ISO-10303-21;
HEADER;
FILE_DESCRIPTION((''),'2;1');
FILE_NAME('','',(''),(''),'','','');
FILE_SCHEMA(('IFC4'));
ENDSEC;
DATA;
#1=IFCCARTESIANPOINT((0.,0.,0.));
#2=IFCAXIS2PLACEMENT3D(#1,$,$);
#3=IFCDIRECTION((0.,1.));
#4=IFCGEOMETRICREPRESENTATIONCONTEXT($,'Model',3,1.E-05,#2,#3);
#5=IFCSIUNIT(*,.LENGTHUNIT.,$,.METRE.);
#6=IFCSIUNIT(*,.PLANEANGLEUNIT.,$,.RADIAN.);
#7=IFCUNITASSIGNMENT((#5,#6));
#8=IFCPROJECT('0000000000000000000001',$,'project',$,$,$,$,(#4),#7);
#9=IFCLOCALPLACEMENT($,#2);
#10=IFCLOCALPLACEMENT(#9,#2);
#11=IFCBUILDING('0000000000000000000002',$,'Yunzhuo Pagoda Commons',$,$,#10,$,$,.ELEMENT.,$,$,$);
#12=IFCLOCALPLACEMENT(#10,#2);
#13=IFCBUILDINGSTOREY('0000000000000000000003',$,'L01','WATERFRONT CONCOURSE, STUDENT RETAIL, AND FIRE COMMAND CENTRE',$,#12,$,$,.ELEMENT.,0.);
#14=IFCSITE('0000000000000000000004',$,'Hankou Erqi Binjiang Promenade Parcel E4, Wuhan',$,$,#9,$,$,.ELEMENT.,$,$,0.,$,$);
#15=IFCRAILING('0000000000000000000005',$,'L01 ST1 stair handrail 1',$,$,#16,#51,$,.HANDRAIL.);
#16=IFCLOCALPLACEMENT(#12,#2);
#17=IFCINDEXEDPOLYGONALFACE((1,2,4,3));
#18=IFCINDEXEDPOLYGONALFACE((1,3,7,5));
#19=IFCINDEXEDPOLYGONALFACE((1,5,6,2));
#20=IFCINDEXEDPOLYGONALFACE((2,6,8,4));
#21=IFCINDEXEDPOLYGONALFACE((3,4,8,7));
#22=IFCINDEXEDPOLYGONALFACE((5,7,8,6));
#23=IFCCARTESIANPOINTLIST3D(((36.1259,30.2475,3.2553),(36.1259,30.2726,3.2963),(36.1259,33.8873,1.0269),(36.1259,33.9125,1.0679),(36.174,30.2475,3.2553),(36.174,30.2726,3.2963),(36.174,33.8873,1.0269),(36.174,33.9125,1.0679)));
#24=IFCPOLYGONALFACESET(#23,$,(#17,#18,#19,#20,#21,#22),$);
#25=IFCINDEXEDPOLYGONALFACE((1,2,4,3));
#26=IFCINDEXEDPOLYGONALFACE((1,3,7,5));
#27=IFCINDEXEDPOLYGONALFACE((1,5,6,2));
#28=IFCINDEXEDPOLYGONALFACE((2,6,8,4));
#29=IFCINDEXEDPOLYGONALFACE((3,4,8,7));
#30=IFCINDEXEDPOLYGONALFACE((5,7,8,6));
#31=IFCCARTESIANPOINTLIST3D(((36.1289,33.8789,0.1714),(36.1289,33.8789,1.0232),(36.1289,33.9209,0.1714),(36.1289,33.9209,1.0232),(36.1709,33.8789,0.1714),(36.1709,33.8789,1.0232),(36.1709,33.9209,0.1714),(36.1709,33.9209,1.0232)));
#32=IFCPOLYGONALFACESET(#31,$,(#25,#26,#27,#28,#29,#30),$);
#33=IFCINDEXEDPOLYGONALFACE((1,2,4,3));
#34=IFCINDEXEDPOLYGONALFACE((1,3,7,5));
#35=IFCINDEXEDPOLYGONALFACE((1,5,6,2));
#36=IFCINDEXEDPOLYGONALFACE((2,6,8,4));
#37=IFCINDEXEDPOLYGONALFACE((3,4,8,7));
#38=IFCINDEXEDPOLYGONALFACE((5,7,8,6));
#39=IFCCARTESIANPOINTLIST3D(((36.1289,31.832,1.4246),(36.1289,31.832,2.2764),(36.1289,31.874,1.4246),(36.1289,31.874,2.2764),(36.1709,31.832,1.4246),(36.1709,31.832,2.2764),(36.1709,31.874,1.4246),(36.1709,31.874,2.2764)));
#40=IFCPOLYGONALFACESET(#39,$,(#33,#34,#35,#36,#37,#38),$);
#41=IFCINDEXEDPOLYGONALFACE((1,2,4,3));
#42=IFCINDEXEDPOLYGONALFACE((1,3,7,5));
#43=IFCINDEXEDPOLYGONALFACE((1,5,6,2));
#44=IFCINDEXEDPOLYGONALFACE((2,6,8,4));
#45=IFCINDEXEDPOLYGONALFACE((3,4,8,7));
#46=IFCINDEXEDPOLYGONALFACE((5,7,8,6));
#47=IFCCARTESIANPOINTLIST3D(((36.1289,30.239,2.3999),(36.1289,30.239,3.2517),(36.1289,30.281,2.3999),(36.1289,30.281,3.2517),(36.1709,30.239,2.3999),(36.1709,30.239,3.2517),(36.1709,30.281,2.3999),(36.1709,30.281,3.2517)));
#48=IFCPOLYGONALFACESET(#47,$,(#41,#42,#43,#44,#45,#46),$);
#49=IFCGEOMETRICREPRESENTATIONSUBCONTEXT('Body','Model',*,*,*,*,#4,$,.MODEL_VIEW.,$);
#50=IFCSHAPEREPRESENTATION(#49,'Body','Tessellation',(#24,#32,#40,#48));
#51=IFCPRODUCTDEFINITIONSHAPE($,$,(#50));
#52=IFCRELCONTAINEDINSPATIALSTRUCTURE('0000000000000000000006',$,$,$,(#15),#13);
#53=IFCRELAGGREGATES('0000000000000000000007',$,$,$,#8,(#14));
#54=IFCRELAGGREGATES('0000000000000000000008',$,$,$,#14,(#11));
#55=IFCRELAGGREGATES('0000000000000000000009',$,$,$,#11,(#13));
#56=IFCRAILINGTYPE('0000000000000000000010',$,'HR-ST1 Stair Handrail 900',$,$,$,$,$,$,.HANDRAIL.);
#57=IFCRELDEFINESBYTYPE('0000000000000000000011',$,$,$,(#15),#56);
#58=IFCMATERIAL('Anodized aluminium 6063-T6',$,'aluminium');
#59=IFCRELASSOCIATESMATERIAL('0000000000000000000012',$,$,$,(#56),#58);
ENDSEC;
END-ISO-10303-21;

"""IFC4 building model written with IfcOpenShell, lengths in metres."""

from ifc_helpers import new_model, si_unit, direction, frame, origin, origin_2d, place, context, subcontext, project, spatial, rectangle, extrude, material, type_object, element, save


model = new_model("IFC4")

# Units and contexts
model_context = context("Model", 3, precision=1e-05, world=origin(), true_north=direction((0.0, 1.0)))
body_context = subcontext(model_context, "Body", "Model", "MODEL_VIEW")
ifc_project = project(units=[si_unit("LENGTHUNIT", "METRE"), si_unit("PLANEANGLEUNIT", "RADIAN")], contexts=[model_context])

# Site, building, storey
site_placement = place(None, origin())
site = spatial("IfcSite", under=ifc_project, at=site_placement, Name="Hankou Erqi Binjiang Promenade Parcel E4, Wuhan", CompositionType="ELEMENT", RefElevation=0.0)
building_placement = place(site_placement, origin())
building = spatial("IfcBuilding", under=site, at=building_placement, Name="Yunzhuo Pagoda Commons", CompositionType="ELEMENT")
storey_placement = place(building_placement, origin())
storey = spatial("IfcBuildingStorey", under=building, at=storey_placement, Name="L01", Description="WATERFRONT CONCOURSE, STUDENT RETAIL, AND FIRE COMMAND CENTRE", CompositionType="ELEMENT", Elevation=0.0)

# Railing
ifc_material_1 = material(Name="Anodized aluminium 6063-T6", Category="aluminium")
railing_type = type_object("IfcRailingType", Name="HR-ST1 Stair Handrail 900", PredefinedType="HANDRAIL", material=ifc_material_1)
railing_placement = place(storey_placement, frame((36.1499, 33.8999, 0.1714)))
element("IfcRailing", 1, at=railing_placement, inside=storey, type_object=railing_type, Name="L01 ST1 stair handrail 1", PredefinedType="HANDRAIL", context=body_context, shape_type="SweptSolid", body=[
    extrude(rectangle(XDim=0.0481, YDim=0.0481, at=origin_2d()), frame((0.0, 0.0, 0.876), z_axis=(0.0, -0.85285, 0.522156), x_axis=(1.0, 0.0, 0.0)), (0.0, 0.0, 1.0), 4.2678),
    extrude(rectangle(XDim=0.042, YDim=0.042, at=origin_2d()), origin(), (0.0, 0.0, 1.0), 0.8518),
    extrude(rectangle(XDim=0.042, YDim=0.042, at=origin_2d()), frame((0.0, -2.0469, 1.2532)), (0.0, 0.0, 1.0), 0.8518),
    extrude(rectangle(XDim=0.042, YDim=0.042, at=origin_2d()), frame((0.0, -3.6399, 2.2285)), (0.0, 0.0, 1.0), 0.8518),
])

save(model, "model.ifc")
